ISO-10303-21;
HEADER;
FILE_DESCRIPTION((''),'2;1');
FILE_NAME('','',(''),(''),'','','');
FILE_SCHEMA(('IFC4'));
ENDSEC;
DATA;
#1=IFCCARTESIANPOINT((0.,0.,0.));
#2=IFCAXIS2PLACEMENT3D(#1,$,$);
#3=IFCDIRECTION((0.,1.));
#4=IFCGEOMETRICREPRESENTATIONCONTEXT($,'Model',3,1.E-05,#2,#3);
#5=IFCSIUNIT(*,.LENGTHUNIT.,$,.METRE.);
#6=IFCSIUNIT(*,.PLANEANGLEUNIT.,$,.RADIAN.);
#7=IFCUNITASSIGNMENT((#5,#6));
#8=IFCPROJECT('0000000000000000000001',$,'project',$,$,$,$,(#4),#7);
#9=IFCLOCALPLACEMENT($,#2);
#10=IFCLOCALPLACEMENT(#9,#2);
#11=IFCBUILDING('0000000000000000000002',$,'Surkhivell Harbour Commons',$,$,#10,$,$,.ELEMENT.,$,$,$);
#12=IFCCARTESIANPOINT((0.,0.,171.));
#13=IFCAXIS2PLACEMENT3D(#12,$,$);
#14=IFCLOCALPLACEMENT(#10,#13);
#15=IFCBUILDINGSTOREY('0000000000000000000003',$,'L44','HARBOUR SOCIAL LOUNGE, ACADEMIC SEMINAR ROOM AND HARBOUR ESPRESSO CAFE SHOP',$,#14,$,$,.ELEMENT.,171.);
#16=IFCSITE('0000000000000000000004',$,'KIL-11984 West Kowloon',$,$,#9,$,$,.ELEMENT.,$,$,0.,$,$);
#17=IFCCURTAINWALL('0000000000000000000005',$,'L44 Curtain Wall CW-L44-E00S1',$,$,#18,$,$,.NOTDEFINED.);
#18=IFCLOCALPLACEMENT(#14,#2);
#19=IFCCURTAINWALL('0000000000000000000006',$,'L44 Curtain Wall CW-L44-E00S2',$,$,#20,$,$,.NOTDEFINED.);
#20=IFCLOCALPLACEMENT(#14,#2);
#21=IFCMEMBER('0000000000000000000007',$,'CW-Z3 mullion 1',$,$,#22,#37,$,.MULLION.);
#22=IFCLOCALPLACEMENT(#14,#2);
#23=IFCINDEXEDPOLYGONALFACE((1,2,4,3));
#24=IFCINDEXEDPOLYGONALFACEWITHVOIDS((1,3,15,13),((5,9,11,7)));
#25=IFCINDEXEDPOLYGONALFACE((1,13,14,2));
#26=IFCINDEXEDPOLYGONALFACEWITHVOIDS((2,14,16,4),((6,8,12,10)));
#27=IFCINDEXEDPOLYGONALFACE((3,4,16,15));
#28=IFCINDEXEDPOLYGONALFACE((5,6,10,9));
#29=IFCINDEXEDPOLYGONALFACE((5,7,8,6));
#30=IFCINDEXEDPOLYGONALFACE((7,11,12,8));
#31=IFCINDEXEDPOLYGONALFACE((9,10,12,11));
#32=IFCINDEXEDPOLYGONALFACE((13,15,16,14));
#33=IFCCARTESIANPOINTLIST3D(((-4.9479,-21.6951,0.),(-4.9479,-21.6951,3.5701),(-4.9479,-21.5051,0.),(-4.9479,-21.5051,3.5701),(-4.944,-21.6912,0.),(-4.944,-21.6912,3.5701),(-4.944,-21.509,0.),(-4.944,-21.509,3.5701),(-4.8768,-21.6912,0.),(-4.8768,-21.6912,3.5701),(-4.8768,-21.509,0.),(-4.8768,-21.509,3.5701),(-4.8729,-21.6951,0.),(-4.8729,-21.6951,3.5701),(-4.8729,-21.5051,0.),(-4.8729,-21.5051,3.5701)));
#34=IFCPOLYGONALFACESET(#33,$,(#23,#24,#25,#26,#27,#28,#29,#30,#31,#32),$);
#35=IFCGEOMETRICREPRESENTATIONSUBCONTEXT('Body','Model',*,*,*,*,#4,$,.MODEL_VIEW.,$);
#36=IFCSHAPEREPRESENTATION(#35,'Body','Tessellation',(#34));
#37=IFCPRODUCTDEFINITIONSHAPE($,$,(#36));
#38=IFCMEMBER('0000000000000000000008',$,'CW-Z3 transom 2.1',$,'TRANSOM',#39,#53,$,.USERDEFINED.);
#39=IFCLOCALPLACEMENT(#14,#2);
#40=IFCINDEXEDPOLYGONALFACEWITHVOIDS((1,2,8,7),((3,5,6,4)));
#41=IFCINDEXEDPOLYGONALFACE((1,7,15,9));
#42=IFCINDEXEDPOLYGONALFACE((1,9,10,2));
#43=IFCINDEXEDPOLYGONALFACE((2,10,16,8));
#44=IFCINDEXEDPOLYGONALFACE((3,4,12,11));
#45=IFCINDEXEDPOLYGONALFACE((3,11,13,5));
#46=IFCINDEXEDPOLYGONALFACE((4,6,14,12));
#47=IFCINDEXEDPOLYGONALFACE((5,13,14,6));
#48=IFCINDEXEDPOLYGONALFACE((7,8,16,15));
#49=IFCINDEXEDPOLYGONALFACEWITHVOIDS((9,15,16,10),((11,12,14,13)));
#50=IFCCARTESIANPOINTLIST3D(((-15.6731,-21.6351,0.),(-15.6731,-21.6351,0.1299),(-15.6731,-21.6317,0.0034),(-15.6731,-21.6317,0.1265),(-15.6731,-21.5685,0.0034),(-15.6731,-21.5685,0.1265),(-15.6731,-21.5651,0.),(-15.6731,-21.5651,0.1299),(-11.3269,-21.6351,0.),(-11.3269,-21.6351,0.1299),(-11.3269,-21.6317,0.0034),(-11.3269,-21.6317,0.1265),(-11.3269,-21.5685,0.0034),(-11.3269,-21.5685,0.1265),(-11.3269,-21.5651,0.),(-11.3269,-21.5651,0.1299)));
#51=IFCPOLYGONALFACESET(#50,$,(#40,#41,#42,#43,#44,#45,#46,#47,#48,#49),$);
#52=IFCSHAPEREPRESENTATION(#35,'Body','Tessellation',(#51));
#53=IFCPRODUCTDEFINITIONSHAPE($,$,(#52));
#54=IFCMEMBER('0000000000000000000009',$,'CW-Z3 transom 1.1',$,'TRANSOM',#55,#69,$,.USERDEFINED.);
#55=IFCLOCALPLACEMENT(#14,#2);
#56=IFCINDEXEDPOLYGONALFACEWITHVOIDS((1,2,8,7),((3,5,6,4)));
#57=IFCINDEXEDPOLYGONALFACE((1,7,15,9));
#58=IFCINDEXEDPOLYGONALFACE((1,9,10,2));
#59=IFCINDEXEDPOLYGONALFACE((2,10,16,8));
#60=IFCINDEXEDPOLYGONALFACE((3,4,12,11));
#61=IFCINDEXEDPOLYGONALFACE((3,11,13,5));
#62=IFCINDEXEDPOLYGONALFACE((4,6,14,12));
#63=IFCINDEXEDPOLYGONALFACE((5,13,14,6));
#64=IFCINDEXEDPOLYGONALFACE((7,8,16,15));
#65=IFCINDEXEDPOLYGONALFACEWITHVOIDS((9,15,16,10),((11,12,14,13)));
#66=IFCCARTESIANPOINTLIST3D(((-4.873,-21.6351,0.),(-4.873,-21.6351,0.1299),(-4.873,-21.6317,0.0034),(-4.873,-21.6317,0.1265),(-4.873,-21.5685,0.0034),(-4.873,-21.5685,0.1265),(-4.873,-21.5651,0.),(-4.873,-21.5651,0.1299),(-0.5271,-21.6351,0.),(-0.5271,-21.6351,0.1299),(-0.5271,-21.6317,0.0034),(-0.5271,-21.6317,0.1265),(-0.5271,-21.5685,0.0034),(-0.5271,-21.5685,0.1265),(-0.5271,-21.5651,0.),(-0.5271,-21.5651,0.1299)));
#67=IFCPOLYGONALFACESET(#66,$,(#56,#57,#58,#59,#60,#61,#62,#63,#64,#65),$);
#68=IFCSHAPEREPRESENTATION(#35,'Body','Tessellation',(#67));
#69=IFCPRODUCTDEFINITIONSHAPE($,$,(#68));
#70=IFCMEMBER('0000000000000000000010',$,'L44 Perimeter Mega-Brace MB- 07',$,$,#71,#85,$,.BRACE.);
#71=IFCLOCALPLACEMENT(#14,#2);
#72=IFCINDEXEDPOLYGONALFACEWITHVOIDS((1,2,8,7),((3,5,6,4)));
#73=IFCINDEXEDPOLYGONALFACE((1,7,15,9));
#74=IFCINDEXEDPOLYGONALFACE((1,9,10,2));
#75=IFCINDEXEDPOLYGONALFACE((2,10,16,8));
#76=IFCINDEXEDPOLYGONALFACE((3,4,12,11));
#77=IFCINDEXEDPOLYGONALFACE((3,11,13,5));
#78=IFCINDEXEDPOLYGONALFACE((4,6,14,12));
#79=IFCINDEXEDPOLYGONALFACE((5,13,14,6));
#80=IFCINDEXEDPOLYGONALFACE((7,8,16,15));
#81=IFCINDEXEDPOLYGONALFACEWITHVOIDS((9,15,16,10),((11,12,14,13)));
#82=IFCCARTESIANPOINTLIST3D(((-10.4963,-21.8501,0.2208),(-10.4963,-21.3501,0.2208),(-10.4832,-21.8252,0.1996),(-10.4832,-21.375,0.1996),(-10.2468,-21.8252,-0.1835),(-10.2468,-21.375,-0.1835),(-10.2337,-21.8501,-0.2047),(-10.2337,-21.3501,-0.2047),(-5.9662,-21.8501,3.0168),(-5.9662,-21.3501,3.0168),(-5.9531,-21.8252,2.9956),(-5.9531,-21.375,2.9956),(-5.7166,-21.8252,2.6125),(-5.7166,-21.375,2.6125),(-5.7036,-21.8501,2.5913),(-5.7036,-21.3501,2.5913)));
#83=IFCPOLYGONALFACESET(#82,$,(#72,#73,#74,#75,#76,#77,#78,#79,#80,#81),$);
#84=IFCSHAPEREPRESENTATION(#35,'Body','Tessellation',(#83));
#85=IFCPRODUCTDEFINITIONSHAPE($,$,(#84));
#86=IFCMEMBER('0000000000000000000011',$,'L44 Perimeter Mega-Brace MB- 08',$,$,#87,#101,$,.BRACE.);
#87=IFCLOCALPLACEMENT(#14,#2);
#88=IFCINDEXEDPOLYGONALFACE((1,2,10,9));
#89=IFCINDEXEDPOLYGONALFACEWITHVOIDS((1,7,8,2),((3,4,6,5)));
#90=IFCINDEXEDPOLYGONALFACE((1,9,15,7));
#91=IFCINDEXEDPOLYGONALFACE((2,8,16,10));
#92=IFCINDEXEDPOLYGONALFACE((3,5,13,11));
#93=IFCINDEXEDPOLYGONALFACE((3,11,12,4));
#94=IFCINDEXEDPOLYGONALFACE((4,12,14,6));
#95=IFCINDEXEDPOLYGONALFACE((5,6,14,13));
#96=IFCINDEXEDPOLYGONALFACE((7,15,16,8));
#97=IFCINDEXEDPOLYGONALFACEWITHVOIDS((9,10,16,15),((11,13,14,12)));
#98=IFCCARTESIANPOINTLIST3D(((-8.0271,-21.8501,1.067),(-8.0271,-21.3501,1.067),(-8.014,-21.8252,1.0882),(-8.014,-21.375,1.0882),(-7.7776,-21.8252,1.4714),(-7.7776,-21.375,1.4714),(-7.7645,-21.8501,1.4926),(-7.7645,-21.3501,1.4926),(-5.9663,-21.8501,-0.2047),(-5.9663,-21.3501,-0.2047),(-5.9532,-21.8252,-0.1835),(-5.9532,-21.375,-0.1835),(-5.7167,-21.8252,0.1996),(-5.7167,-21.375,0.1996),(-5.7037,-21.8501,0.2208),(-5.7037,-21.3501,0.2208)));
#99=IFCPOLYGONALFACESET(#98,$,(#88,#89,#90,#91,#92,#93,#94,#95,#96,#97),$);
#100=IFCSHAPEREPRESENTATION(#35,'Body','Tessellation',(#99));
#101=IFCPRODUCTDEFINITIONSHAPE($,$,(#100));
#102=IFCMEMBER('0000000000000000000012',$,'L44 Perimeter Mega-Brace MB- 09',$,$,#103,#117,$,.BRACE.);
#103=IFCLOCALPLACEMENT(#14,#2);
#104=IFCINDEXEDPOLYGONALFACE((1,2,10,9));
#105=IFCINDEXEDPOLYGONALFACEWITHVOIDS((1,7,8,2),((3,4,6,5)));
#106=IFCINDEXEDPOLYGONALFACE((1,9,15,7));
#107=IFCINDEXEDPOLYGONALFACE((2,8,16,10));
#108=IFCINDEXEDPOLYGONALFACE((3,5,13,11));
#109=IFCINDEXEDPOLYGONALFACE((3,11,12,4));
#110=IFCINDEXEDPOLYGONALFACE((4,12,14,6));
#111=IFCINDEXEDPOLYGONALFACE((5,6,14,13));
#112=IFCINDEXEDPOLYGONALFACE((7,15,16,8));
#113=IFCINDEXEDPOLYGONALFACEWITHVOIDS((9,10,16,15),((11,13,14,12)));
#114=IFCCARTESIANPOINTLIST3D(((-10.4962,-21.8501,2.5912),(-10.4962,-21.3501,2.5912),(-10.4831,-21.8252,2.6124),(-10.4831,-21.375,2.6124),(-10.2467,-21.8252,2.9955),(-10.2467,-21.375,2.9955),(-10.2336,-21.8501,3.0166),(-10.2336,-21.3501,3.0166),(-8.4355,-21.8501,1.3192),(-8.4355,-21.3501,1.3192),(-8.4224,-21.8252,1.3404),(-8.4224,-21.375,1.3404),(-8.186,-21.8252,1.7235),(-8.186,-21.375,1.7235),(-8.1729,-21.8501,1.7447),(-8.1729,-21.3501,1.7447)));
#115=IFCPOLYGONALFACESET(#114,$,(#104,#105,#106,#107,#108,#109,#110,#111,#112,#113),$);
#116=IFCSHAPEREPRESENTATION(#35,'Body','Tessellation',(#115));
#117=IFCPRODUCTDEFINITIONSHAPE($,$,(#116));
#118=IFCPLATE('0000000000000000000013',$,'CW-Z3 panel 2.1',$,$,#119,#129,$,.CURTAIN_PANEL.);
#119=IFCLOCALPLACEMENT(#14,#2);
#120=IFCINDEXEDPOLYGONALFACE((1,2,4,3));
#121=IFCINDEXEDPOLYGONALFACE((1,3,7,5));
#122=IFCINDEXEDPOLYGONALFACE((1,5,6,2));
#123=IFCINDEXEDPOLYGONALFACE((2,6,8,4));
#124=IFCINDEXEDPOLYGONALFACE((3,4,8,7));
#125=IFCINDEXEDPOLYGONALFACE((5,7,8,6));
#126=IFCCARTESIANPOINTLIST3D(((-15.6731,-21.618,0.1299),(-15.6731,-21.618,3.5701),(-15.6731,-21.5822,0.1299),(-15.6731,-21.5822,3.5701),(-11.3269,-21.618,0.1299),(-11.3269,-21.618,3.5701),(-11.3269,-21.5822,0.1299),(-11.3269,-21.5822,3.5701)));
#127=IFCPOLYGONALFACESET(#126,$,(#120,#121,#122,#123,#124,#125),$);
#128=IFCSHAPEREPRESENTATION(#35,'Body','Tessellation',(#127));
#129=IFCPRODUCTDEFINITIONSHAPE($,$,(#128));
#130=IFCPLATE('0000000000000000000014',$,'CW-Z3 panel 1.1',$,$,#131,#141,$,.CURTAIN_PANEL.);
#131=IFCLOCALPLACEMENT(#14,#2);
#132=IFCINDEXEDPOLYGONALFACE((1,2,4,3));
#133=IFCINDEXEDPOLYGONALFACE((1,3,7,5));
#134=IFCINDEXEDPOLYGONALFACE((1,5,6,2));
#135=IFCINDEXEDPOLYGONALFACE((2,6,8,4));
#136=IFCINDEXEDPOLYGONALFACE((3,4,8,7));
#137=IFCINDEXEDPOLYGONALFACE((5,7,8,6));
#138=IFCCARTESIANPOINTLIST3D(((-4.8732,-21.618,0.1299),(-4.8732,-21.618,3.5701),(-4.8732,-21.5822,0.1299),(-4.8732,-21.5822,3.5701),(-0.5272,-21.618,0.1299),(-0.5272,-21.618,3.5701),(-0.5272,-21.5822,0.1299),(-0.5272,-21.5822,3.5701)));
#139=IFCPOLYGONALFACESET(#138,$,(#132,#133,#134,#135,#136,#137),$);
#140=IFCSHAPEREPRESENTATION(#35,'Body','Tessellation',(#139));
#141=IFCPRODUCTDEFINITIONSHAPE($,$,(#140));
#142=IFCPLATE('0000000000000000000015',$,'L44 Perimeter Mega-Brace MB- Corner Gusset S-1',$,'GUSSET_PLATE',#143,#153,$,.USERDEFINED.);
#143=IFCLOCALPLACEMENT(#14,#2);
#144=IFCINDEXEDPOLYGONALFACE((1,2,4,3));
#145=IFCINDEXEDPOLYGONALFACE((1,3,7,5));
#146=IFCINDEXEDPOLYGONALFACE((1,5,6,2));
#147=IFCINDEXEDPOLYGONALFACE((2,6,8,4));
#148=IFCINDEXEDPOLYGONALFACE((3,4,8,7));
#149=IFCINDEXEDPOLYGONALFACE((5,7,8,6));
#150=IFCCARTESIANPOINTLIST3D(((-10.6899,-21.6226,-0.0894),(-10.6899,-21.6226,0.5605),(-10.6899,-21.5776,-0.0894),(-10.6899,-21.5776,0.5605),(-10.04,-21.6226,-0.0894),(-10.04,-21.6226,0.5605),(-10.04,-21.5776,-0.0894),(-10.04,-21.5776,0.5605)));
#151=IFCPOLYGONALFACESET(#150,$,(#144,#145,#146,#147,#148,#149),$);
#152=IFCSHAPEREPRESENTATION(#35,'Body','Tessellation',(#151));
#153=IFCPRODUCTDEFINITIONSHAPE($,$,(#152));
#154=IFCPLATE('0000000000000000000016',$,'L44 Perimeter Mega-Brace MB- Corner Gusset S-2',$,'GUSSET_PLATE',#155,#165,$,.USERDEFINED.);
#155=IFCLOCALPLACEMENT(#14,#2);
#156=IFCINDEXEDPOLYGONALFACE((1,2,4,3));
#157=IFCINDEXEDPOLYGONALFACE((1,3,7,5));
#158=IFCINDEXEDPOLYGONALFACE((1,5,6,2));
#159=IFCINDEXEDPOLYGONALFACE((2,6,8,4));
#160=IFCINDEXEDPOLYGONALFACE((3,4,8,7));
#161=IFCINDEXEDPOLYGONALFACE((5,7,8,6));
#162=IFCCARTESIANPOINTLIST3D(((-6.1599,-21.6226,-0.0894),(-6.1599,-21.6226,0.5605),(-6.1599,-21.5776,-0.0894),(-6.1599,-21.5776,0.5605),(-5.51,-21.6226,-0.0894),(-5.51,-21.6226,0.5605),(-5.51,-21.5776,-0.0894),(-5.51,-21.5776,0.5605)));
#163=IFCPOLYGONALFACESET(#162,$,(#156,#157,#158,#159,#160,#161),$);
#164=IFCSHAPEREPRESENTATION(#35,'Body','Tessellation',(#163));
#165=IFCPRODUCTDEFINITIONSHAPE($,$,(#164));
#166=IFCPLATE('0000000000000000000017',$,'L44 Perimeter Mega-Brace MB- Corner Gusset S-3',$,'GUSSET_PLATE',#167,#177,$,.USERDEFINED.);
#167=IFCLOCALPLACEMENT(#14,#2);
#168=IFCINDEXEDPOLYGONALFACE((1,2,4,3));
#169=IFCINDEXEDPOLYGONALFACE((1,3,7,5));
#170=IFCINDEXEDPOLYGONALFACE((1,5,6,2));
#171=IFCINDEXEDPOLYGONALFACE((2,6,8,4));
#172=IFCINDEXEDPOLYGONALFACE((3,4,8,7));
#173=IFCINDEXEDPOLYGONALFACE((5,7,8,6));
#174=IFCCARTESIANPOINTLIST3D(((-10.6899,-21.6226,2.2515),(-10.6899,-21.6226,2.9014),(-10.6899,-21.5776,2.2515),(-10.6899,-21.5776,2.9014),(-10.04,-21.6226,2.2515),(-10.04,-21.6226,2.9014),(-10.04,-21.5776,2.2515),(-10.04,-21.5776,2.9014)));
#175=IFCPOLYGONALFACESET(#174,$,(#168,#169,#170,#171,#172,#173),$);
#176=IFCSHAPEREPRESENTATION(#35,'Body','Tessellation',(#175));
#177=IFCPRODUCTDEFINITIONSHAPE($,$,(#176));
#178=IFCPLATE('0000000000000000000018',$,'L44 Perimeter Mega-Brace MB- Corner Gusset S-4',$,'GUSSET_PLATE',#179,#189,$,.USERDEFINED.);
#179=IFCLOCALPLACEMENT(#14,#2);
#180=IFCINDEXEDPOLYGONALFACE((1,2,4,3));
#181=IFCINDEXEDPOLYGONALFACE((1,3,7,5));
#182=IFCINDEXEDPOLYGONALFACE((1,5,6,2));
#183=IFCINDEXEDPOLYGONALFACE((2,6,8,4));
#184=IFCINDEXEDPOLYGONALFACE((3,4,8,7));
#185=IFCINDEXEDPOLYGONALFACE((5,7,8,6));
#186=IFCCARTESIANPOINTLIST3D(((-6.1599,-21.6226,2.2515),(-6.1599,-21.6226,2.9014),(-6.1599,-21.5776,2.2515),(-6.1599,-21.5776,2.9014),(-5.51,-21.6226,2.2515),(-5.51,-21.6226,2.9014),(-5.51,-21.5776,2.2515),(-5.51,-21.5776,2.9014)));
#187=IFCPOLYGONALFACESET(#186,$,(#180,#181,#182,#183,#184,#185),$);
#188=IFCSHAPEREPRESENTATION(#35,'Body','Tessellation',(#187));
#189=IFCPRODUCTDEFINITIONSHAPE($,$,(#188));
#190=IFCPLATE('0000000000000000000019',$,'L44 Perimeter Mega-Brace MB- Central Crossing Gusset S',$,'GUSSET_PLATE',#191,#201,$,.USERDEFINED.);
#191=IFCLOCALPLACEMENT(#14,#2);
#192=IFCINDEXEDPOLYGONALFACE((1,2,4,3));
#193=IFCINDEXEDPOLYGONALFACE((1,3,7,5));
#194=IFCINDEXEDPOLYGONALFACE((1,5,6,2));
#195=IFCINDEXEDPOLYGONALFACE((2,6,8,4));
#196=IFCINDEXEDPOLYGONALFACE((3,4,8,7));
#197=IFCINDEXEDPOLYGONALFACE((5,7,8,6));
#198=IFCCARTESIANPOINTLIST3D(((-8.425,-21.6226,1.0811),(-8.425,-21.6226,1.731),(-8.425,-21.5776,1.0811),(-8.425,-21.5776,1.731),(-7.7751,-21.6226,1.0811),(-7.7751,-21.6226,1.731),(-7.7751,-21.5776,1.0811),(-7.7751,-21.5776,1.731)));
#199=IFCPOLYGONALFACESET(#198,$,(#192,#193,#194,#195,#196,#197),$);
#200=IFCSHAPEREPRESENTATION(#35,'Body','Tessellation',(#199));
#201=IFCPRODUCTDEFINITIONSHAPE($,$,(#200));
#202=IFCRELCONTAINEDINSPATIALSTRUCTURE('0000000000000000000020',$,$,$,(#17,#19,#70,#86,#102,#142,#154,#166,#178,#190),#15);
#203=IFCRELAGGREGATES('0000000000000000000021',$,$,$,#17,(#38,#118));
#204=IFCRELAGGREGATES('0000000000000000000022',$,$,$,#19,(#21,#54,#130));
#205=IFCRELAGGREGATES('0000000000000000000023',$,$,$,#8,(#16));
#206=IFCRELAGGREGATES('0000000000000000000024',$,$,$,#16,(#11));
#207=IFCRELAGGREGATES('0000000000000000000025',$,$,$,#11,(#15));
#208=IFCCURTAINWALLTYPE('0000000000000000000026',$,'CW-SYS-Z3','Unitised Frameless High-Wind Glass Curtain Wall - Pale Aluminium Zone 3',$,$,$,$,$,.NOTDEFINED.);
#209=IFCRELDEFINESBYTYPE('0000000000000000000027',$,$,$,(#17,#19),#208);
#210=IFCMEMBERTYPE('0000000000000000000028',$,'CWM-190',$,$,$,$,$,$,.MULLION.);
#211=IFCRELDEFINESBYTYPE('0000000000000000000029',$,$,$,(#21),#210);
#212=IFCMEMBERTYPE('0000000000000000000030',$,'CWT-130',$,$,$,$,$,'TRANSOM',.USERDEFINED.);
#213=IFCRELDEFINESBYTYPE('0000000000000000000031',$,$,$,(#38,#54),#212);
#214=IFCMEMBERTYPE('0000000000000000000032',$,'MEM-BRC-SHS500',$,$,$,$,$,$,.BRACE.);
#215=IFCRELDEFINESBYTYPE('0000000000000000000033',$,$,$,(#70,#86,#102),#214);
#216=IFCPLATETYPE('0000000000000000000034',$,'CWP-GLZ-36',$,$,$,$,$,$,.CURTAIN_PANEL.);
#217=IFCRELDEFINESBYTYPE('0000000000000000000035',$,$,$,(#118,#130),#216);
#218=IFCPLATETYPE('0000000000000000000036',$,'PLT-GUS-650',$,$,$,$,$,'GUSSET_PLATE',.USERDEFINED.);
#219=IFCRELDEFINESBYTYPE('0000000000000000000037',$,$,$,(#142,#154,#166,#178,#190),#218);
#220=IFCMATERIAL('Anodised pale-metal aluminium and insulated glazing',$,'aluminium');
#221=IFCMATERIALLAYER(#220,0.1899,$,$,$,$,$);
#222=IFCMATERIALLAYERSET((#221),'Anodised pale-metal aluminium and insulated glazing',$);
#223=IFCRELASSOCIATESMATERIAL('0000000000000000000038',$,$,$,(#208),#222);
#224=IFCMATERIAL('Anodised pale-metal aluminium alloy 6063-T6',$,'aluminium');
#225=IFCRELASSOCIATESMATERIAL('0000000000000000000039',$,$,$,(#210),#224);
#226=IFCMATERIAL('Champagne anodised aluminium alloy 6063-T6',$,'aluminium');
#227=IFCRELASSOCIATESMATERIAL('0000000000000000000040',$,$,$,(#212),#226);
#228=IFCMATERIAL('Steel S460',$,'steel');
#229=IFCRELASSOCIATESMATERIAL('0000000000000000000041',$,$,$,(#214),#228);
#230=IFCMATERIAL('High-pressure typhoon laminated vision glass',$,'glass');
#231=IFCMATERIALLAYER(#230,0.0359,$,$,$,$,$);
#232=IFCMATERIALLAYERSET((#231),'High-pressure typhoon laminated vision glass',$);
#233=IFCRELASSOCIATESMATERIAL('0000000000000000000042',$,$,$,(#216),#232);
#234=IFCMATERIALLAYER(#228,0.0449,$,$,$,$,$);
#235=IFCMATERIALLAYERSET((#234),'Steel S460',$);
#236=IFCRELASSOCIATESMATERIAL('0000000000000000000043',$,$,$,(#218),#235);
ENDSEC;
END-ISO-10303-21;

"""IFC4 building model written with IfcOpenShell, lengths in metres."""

from ifc_helpers import new_model, si_unit, direction, frame, frame_2d, origin, origin_2d, place, context, subcontext, project, spatial, rectangle, hollow_rectangle, extrude, material, layer, layer_set, material_profile, profile_set, type_object, element, aggregate, save


model = new_model("IFC4")

# Units and contexts
model_context = context("Model", 3, precision=1e-05, world=origin(), true_north=direction((0.0, 1.0)))
body_context = subcontext(model_context, "Body", "Model", "MODEL_VIEW")
ifc_project = project(units=[si_unit("LENGTHUNIT", "METRE"), si_unit("PLANEANGLEUNIT", "RADIAN")], contexts=[model_context])

# Site, building, storey
site_placement = place(None, origin())
site = spatial("IfcSite", under=ifc_project, at=site_placement, Name="KIL-11984 West Kowloon", CompositionType="ELEMENT", RefElevation=0.0)
building_placement = place(site_placement, origin())
building = spatial("IfcBuilding", under=site, at=building_placement, Name="Surkhivell Harbour Commons", CompositionType="ELEMENT")
storey_placement = place(building_placement, frame((0.0, 0.0, 171.0)))
storey = spatial("IfcBuildingStorey", under=building, at=storey_placement, Name="L44", Description="HARBOUR SOCIAL LOUNGE, ACADEMIC SEMINAR ROOM AND HARBOUR ESPRESSO CAFE SHOP", CompositionType="ELEMENT", Elevation=171.0)

# Curtain wall
ifc_material_1 = material(Name="Anodised pale-metal aluminium and insulated glazing", Category="aluminium")
ifc_layer_1 = layer(ifc_material_1, 0.1899)
ifc_layer_set_1 = layer_set([ifc_layer_1], Name="Anodised pale-metal aluminium and insulated glazing")
curtain_wall_type = type_object("IfcCurtainWallType", Name="CW-SYS-Z3", Description="Unitised Frameless High-Wind Glass Curtain Wall - Pale Aluminium Zone 3", PredefinedType="NOTDEFINED", material=ifc_layer_set_1)
curtain_wall_1_placement = place(storey_placement, origin())
curtain_wall_1 = element("IfcCurtainWall", 1, at=curtain_wall_1_placement, inside=storey, type_object=curtain_wall_type, Name="L44 Curtain Wall CW-L44-E00S1", PredefinedType="NOTDEFINED")
ifc_material_2 = material(Name="Anodised pale-metal aluminium alloy 6063-T6", Category="aluminium")
ifc_material_profile_1 = material_profile(ifc_material_2, hollow_rectangle(XDim=0.075, YDim=0.1899, WallThickness=0.0039, at=origin_2d()), Name="ALU-MULL-75x190")
ifc_profile_set_1 = profile_set([ifc_material_profile_1], Name="Anodised pale-metal aluminium alloy 6063-T6")
member_type_1 = type_object("IfcMemberType", Name="CWM-190", PredefinedType="MULLION", material=ifc_profile_set_1)

# Curtain wall, member
curtain_wall_2_placement = place(storey_placement, origin())
curtain_wall_2 = element("IfcCurtainWall", 2, at=curtain_wall_2_placement, inside=storey, type_object=curtain_wall_type, Name="L44 Curtain Wall CW-L44-E00S2", PredefinedType="NOTDEFINED")
member_1_placement = place(storey_placement, frame((-4.9104, -21.6001, 0.0), z_axis=(0.0, 0.0, 1.0), x_axis=(1.0, 0.0, 0.0)))
member_1 = element("IfcMember", 3, at=member_1_placement, type_object=member_type_1, Name="CW-Z3 mullion 1", PredefinedType="MULLION", context=body_context, shape_type="SweptSolid", body=[
    extrude(hollow_rectangle(XDim=0.075, YDim=0.1899, WallThickness=0.0039, at=origin_2d()), origin(), (0.0, 0.0, 1.0), 3.5701),
])

# Members
ifc_material_3 = material(Name="Champagne anodised aluminium alloy 6063-T6", Category="aluminium")
ifc_material_profile_2 = material_profile(ifc_material_3, hollow_rectangle(XDim=0.0701, YDim=0.1299, WallThickness=0.0034, at=origin_2d()), Name="ALU-TRAN-70x130")
ifc_profile_set_2 = profile_set([ifc_material_profile_2], Name="Champagne anodised aluminium alloy 6063-T6")
member_type_2 = type_object("IfcMemberType", Name="CWT-130", ElementType="TRANSOM", PredefinedType="USERDEFINED", material=ifc_profile_set_2)
member_2_placement = place(storey_placement, frame((-15.6731, -21.6001, 0.0649), z_axis=(1.0, 0.0, 0.0), x_axis=(0.0, 1.0, 0.0)))
member_2 = element("IfcMember", 4, at=member_2_placement, type_object=member_type_2, Name="CW-Z3 transom 2.1", ObjectType="TRANSOM", PredefinedType="USERDEFINED", context=body_context, shape_type="SweptSolid", body=[
    extrude(hollow_rectangle(XDim=0.0701, YDim=0.1299, WallThickness=0.0034, at=origin_2d()), origin(), (0.0, 0.0, 1.0), 4.3462),
])
member_3_placement = place(storey_placement, frame((-4.873, -21.6001, 0.0649), z_axis=(1.0, 0.0, 0.0), x_axis=(0.0, 1.0, 0.0)))
member_3 = element("IfcMember", 5, at=member_3_placement, type_object=member_type_2, Name="CW-Z3 transom 1.1", ObjectType="TRANSOM", PredefinedType="USERDEFINED", context=body_context, shape_type="SweptSolid", body=[
    extrude(hollow_rectangle(XDim=0.0701, YDim=0.1299, WallThickness=0.0034, at=origin_2d()), origin(), (0.0, 0.0, 1.0), 4.3459),
])

# Members
ifc_material_4 = material(Name="Steel S460", Category="steel")
ifc_material_profile_3 = material_profile(ifc_material_4, hollow_rectangle(XDim=0.5, YDim=0.5, WallThickness=0.0249, at=origin_2d()), Name="SHS500x500x25")
ifc_profile_set_3 = profile_set([ifc_material_profile_3], Name="Steel S460")
member_type_3 = type_object("IfcMemberType", Name="MEM-BRC-SHS500", PredefinedType="BRACE", material=ifc_profile_set_3)
member_4_placement = place(storey_placement, frame((-10.365, -21.6001, 0.0081), z_axis=(0.850971, 0.0, 0.525213), x_axis=(0.0, 1.0, 0.0)))
element("IfcMember", 6, at=member_4_placement, inside=storey, type_object=member_type_3, Name="L44 Perimeter Mega-Brace MB- 07", PredefinedType="BRACE", context=body_context, shape_type="SweptSolid", body=[
    extrude(hollow_rectangle(XDim=0.5, YDim=0.5, WallThickness=0.0249, at=origin_2d()), origin(), (0.0, 0.0, 1.0), 5.3235),
])
for number, where, z_axis, x_axis, name in (
    (7, (-5.835, -21.6001, 0.0081), (-0.851003, 0.0, 0.52516), (0.0, -1.0, 0.0), "L44 Perimeter Mega-Brace MB- 08"),
    (8, (-8.3042, -21.6001, 1.532), (-0.850958, 0.0, 0.525233), (0.0, -1.0, 0.0), "L44 Perimeter Mega-Brace MB- 09"),
):
    element("IfcMember", number, at=place(storey_placement, frame(where, z_axis=z_axis, x_axis=x_axis)), inside=storey, type_object=member_type_3, Name=name, PredefinedType="BRACE", context=body_context, shape_type="SweptSolid", body=[
        extrude(hollow_rectangle(XDim=0.5, YDim=0.5, WallThickness=0.0249, at=origin_2d()), origin(), (0.0, 0.0, 1.0), 2.4216),
    ])

# Plates
ifc_material_5 = material(Name="High-pressure typhoon laminated vision glass", Category="glass")
ifc_layer_2 = layer(ifc_material_5, 0.0359)
ifc_layer_set_2 = layer_set([ifc_layer_2], Name="High-pressure typhoon laminated vision glass")
plate_type_1 = type_object("IfcPlateType", Name="CWP-GLZ-36", PredefinedType="CURTAIN_PANEL", material=ifc_layer_set_2)
plate_1_placement = place(storey_placement, frame((-15.6731, -21.6001, 0.1299), z_axis=(0.0, 0.0, 1.0), x_axis=(1.0, 0.0, 0.0)))
plate_1 = element("IfcPlate", 9, at=plate_1_placement, type_object=plate_type_1, Name="CW-Z3 panel 2.1", PredefinedType="CURTAIN_PANEL", context=body_context, shape_type="SweptSolid", body=[
    extrude(rectangle(XDim=4.3462, YDim=0.0359, at=frame_2d((2.1731, 0.0))), origin(), (0.0, 0.0, 1.0), 3.4402),
])
aggregate(curtain_wall_1, [member_2, plate_1])
plate_2_placement = place(storey_placement, frame((-4.873, -21.6001, 0.1299), z_axis=(0.0, 0.0, 1.0), x_axis=(1.0, 0.0, 0.0)))
plate_2 = element("IfcPlate", 10, at=plate_2_placement, type_object=plate_type_1, Name="CW-Z3 panel 1.1", PredefinedType="CURTAIN_PANEL", context=body_context, shape_type="SweptSolid", body=[
    extrude(rectangle(XDim=4.3459, YDim=0.0359, at=frame_2d((2.1729, 0.0))), origin(), (0.0, 0.0, 1.0), 3.4402),
])
aggregate(curtain_wall_2, [member_1, member_3, plate_2])

# Plates
ifc_layer_3 = layer(ifc_material_4, 0.0449)
ifc_layer_set_3 = layer_set([ifc_layer_3], Name="Steel S460")
plate_type_2 = type_object("IfcPlateType", Name="PLT-GUS-650", ElementType="GUSSET_PLATE", PredefinedType="USERDEFINED", material=ifc_layer_set_3)
for number, where, z_axis, x_axis, name in (
    (11, (-10.365, -21.6001, -0.0894), (0.0, 0.0, 1.0), (1.0, 0.0, 0.0), "L44 Perimeter Mega-Brace MB- Corner Gusset S-1"),
    (12, (-5.835, -21.6001, -0.0894), (0.0, 0.0, 1.0), (1.0, 0.0, 0.0), "L44 Perimeter Mega-Brace MB- Corner Gusset S-2"),
    (13, (-10.365, -21.6001, 2.2515), (0.0, 0.0, 1.0), (1.0, 0.0, 0.0), "L44 Perimeter Mega-Brace MB- Corner Gusset S-3"),
    (14, (-5.835, -21.6001, 2.2515), (0.0, 0.0, 1.0), (1.0, 0.0, 0.0), "L44 Perimeter Mega-Brace MB- Corner Gusset S-4"),
    (15, (-8.1001, -21.6001, 1.0811), (0.0, 0.0, 1.0), (1.0, 0.0, 0.0), "L44 Perimeter Mega-Brace MB- Central Crossing Gusset S"),
):
    element("IfcPlate", number, at=place(storey_placement, frame(where, z_axis=z_axis, x_axis=x_axis)), inside=storey, type_object=plate_type_2, Name=name, ObjectType="GUSSET_PLATE", PredefinedType="USERDEFINED", context=body_context, shape_type="SweptSolid", body=[
        extrude(rectangle(XDim=0.6499, YDim=0.0449, at=origin_2d()), origin(), (0.0, 0.0, 1.0), 0.6499),
    ])

save(model, "model.ifc")
